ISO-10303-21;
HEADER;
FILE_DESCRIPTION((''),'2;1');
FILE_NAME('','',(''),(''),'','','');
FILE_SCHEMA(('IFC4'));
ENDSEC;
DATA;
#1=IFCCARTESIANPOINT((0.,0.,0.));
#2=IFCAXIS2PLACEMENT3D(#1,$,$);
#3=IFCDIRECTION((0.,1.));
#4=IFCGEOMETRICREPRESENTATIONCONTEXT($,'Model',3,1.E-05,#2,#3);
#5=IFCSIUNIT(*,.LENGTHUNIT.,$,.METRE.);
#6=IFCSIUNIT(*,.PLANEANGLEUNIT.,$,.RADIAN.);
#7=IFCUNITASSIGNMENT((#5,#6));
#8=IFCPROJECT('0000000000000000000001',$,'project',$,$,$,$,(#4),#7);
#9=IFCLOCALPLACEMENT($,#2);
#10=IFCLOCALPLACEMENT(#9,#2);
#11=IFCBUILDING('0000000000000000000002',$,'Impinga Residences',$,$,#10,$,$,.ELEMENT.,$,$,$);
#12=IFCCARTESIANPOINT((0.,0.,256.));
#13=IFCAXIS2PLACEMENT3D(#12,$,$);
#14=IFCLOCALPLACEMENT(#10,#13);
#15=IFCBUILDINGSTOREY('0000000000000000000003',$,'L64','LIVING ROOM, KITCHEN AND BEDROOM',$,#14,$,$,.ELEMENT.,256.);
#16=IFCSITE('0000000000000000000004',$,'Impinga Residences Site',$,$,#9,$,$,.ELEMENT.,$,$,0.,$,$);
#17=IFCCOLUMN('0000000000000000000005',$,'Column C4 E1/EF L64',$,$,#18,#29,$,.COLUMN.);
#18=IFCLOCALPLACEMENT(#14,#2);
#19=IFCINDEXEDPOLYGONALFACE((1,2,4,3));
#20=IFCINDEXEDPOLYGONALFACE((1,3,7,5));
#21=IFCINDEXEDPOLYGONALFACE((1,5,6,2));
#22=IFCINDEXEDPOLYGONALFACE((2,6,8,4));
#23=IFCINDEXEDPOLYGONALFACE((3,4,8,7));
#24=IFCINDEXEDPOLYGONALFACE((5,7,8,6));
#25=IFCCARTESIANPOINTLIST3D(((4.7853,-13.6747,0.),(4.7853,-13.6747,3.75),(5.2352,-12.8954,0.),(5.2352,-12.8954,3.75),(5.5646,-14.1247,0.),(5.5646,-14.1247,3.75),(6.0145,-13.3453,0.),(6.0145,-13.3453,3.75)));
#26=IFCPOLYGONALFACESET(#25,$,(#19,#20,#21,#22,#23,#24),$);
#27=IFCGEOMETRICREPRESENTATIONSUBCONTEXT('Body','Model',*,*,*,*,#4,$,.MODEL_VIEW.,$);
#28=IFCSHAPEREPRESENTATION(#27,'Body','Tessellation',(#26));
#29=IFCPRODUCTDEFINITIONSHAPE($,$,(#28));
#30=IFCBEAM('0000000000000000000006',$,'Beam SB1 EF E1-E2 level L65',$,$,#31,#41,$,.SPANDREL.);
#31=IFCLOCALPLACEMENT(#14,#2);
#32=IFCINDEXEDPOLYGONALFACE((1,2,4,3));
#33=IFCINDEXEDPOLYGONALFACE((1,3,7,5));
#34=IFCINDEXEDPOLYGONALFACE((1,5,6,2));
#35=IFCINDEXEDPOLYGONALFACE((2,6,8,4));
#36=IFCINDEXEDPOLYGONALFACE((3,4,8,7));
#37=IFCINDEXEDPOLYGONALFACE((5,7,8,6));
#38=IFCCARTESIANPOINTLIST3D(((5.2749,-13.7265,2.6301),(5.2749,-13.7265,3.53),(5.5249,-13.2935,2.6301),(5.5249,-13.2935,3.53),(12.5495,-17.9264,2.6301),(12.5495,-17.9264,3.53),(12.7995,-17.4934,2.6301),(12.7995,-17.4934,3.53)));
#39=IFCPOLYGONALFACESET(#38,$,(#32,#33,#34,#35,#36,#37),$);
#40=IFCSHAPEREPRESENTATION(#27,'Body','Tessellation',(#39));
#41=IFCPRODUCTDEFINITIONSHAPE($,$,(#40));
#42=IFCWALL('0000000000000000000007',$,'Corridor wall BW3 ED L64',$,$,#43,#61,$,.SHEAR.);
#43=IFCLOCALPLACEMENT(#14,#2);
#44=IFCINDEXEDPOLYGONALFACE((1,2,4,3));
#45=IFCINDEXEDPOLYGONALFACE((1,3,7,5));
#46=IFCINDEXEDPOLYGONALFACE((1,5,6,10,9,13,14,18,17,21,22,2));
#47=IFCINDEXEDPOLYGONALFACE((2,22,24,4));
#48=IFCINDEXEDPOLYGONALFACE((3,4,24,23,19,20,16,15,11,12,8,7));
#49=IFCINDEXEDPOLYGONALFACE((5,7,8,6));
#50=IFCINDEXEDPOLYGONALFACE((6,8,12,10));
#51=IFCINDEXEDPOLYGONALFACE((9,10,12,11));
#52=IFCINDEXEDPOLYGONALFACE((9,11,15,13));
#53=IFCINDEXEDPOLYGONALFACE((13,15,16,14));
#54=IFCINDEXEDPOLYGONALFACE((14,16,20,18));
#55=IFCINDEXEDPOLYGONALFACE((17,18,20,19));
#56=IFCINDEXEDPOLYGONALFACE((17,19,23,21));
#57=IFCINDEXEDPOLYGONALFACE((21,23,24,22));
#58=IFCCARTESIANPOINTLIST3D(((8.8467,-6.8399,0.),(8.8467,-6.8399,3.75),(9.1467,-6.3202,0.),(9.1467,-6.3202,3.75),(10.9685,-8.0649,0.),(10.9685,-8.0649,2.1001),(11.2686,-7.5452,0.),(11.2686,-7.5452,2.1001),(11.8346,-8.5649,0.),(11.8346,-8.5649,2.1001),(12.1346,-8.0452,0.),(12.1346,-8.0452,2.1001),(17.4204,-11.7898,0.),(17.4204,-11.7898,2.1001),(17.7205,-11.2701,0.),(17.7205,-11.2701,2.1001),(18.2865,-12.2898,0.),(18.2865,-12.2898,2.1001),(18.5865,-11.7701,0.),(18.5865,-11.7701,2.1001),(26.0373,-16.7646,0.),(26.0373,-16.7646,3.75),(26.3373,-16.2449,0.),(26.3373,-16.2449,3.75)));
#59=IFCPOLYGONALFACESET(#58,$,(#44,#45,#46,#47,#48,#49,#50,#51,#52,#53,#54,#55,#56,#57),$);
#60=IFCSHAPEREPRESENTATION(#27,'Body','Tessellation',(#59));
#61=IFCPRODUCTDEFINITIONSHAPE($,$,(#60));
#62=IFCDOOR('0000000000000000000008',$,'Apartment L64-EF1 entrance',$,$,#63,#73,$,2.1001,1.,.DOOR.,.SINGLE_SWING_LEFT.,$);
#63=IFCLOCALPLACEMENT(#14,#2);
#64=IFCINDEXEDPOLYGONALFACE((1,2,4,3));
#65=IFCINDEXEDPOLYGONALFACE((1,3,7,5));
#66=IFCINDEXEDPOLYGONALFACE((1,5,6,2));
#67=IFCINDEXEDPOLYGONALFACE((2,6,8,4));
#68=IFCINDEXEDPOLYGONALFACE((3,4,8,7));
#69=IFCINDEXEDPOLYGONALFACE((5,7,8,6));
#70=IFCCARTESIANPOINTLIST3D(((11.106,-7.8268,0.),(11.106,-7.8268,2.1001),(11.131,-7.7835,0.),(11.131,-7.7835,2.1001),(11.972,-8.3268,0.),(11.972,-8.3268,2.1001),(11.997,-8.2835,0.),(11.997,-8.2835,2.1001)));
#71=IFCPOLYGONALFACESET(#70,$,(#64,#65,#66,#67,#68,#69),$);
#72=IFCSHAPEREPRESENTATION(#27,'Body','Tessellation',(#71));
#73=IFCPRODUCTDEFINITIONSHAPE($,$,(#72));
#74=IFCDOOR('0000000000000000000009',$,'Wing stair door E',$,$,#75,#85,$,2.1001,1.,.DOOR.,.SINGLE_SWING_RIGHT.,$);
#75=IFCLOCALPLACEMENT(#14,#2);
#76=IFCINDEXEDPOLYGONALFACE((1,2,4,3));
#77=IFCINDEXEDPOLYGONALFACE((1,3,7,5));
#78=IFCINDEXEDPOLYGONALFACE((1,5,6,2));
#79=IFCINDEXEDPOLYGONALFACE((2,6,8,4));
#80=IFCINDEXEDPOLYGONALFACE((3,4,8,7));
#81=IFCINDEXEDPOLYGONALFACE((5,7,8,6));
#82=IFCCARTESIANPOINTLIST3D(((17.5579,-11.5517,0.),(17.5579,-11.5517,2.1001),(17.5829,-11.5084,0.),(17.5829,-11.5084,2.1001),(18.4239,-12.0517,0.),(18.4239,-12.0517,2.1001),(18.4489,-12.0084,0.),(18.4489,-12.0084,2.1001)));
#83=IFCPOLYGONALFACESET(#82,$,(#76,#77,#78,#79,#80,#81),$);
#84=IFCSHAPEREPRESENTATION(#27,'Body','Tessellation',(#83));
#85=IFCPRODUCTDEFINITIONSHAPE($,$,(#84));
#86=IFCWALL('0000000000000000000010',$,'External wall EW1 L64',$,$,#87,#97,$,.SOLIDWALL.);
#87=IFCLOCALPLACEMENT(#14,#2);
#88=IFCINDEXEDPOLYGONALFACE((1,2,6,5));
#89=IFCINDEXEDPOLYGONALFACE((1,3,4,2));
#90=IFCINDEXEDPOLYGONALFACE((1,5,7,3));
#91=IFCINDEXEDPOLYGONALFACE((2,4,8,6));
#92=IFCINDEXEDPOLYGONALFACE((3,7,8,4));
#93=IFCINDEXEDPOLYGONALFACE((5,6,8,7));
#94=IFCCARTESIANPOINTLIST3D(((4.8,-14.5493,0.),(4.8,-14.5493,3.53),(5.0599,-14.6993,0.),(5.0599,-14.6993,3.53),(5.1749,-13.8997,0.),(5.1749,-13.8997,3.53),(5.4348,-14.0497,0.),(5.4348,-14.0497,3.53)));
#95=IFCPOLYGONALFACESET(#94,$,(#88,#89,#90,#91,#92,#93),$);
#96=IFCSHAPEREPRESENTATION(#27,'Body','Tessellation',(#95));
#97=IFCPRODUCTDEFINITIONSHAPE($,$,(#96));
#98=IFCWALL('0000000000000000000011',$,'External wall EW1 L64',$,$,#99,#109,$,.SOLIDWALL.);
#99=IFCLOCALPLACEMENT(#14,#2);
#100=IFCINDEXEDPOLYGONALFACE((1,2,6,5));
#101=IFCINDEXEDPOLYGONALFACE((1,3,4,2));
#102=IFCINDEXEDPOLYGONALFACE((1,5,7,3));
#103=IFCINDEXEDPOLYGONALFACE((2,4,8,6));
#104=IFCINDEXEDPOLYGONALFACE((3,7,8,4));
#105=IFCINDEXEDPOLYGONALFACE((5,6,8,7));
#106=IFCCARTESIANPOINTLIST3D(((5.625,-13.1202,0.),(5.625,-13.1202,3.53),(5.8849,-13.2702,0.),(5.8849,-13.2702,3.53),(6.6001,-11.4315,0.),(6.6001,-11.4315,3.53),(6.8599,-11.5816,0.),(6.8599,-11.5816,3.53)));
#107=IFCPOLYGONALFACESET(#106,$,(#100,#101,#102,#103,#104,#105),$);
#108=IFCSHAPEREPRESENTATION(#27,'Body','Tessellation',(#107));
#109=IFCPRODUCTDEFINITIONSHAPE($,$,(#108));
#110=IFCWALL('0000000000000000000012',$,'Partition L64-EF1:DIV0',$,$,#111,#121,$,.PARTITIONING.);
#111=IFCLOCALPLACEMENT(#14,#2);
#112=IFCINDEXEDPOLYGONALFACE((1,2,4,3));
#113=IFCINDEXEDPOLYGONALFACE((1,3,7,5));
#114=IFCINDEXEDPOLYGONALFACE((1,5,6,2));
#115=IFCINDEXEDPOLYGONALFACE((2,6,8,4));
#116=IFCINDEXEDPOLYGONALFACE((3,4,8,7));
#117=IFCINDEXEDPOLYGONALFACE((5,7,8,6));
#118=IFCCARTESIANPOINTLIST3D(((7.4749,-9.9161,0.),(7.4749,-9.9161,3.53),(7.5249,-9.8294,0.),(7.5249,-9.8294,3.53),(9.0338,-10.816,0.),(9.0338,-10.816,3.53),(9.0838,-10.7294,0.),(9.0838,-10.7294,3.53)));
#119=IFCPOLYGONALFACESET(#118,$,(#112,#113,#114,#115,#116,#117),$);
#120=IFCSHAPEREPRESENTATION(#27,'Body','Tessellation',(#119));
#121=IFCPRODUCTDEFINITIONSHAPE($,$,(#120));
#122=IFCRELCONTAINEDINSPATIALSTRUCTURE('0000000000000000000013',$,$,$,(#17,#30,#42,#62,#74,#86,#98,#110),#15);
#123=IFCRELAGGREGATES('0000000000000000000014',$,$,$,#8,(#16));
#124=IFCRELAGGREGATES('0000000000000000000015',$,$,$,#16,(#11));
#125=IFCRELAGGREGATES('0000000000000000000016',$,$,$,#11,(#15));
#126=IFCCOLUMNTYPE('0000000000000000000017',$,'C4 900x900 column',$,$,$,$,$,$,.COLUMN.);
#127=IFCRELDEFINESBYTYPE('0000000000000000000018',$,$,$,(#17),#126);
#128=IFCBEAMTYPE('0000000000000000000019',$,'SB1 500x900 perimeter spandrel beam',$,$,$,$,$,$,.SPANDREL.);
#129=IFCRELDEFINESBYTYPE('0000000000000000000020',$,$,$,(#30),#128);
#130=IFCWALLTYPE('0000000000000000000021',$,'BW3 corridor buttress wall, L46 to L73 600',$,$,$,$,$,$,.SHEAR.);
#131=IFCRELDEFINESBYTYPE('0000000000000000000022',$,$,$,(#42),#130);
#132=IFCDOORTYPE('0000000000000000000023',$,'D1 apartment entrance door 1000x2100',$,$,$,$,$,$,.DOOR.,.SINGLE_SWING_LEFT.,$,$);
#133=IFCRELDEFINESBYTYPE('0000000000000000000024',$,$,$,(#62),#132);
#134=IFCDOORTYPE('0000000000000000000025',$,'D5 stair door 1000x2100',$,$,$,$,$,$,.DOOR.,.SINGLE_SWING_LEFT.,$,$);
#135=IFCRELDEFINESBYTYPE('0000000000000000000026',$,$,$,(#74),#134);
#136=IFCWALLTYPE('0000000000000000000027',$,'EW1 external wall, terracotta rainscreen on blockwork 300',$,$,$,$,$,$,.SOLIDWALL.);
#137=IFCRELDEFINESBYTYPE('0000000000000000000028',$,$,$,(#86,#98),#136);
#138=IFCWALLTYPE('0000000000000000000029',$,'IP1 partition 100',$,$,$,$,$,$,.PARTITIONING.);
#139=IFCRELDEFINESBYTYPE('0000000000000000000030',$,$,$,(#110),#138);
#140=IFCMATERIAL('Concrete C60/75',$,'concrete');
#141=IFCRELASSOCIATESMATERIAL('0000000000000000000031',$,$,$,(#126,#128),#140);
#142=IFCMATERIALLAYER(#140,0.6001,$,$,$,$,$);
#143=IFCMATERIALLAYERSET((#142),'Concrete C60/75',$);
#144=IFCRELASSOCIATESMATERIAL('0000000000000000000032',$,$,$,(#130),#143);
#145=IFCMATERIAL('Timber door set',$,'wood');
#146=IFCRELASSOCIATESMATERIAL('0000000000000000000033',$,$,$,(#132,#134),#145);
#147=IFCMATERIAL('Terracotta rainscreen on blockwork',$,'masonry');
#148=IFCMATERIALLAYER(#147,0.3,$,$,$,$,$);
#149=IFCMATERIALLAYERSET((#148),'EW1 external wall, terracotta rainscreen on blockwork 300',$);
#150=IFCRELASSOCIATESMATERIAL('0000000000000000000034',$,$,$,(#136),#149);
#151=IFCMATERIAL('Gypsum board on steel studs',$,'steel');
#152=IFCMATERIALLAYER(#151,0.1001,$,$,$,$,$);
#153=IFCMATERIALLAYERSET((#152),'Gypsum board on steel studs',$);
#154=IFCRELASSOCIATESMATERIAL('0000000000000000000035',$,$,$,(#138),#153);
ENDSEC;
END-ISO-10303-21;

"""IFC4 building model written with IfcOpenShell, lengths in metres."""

from ifc_helpers import new_model, si_unit, direction, frame, frame_2d, origin, origin_2d, place, context, subcontext, project, spatial, rectangle, extrude, material, layer, layer_set, material_profile, profile_set, type_object, element, fill, save


model = new_model("IFC4")

# Units and contexts
model_context = context("Model", 3, precision=1e-05, world=origin(), true_north=direction((0.0, 1.0)))
body_context = subcontext(model_context, "Body", "Model", "MODEL_VIEW")
ifc_project = project(units=[si_unit("LENGTHUNIT", "METRE"), si_unit("PLANEANGLEUNIT", "RADIAN")], contexts=[model_context])

# Site, building, storey
site_placement = place(None, origin())
site = spatial("IfcSite", under=ifc_project, at=site_placement, Name="Impinga Residences Site", CompositionType="ELEMENT", RefElevation=0.0)
building_placement = place(site_placement, origin())
building = spatial("IfcBuilding", under=site, at=building_placement, Name="Impinga Residences", CompositionType="ELEMENT")
storey_placement = place(building_placement, frame((0.0, 0.0, 256.0)))
storey = spatial("IfcBuildingStorey", under=building, at=storey_placement, Name="L64", Description="LIVING ROOM, KITCHEN AND BEDROOM", CompositionType="ELEMENT", Elevation=256.0)

# Column
ifc_material_1 = material(Name="Concrete C60/75", Category="concrete")
ifc_material_profile_1 = material_profile(ifc_material_1, rectangle(XDim=0.8999, YDim=0.8999, at=origin_2d()), Name="RC 900x900")
ifc_profile_set_1 = profile_set([ifc_material_profile_1], Name="Concrete C60/75")
column_type = type_object("IfcColumnType", Name="C4 900x900 column", PredefinedType="COLUMN", material=ifc_profile_set_1)
column_placement = place(storey_placement, frame((5.3999, -13.51, 0.0), z_axis=(0.0, 0.0, 1.0), x_axis=(-0.5, -0.866025, 0.0)))
element("IfcColumn", 1, at=column_placement, inside=storey, type_object=column_type, Name="Column C4 E1/EF L64", PredefinedType="COLUMN", context=body_context, shape_type="SweptSolid", body=[
    extrude(rectangle(XDim=0.8999, YDim=0.8999, at=origin_2d()), origin(), (0.0, 0.0, 1.0), 3.75),
])

# Beam
ifc_material_profile_2 = material_profile(ifc_material_1, rectangle(XDim=0.5, YDim=0.8999, at=origin_2d()), Name="RC 500x900")
ifc_profile_set_2 = profile_set([ifc_material_profile_2], Name="Concrete C60/75")
beam_type = type_object("IfcBeamType", Name="SB1 500x900 perimeter spandrel beam", PredefinedType="SPANDREL", material=ifc_profile_set_2)
beam_placement = place(storey_placement, frame((5.3999, -13.51, 3.0801), z_axis=(0.866029, -0.499993, 0.0), x_axis=(0.499993, 0.866029, 0.0)))
element("IfcBeam", 2, at=beam_placement, inside=storey, type_object=beam_type, Name="Beam SB1 EF E1-E2 level L65", PredefinedType="SPANDREL", context=body_context, shape_type="SweptSolid", body=[
    extrude(rectangle(XDim=0.5, YDim=0.8999, at=origin_2d()), origin(), (0.0, 0.0, 1.0), 8.3999),
])

# Wall, openings, doors
ifc_layer_1 = layer(ifc_material_1, 0.6001)
ifc_layer_set_1 = layer_set([ifc_layer_1], Name="Concrete C60/75")
wall_type_1 = type_object("IfcWallType", Name="BW3 corridor buttress wall, L46 to L73 600", PredefinedType="SHEAR", material=ifc_layer_set_1)
wall_1_placement = place(storey_placement, frame((8.9968, -6.5801, 0.0), z_axis=(0.0, 0.0, 1.0), x_axis=(0.866031, -0.499991, 0.0)))
wall_1 = element("IfcWall", 3, at=wall_1_placement, inside=storey, type_object=wall_type_1, Name="Corridor wall BW3 ED L64", PredefinedType="SHEAR", context=body_context, shape_type="SweptSolid", body=[
    extrude(rectangle(XDim=19.8499, YDim=0.6001, at=frame_2d((9.9248, 0.0))), origin(), (0.0, 0.0, 1.0), 3.75),
])
opening_1_placement = place(wall_1_placement, frame((9.8999, 0.0, 0.0)))
opening_1 = element("IfcOpeningElement", 4, at=opening_1_placement, cuts=wall_1, PredefinedType="OPENING", context=body_context, shape_type="SweptSolid", body=[
    extrude(rectangle(XDim=1.0, YDim=2.1001, at=frame_2d((0.5, 1.05))), frame((0.0, 0.3101, 0.0), z_axis=(0.0, -1.0, 0.0), x_axis=(1.0, 0.0, 0.0)), (0.0, 0.0, 1.0), 0.6201),
])
opening_2_placement = place(wall_1_placement, frame((2.45, 0.0, 0.0)))
opening_2 = element("IfcOpeningElement", 5, at=opening_2_placement, cuts=wall_1, PredefinedType="OPENING", context=body_context, shape_type="SweptSolid", body=[
    extrude(rectangle(XDim=1.0, YDim=2.1001, at=frame_2d((0.5, 1.05))), frame((0.0, 0.3101, 0.0), z_axis=(0.0, -1.0, 0.0), x_axis=(1.0, 0.0, 0.0)), (0.0, 0.0, 1.0), 0.6201),
])
ifc_material_2 = material(Name="Timber door set", Category="wood")
door_type_1 = type_object("IfcDoorType", Name="D1 apartment entrance door 1000x2100", OperationType="SINGLE_SWING_LEFT", PredefinedType="DOOR", material=ifc_material_2)
door_1_placement = place(opening_2_placement, origin())
door_1 = element("IfcDoor", 6, at=door_1_placement, inside=storey, type_object=door_type_1, Name="Apartment L64-EF1 entrance", OperationType="SINGLE_SWING_LEFT", OverallHeight=2.1001, OverallWidth=1.0, PredefinedType="DOOR", context=body_context, shape_type="SweptSolid", body=[
    extrude(rectangle(XDim=1.0, YDim=2.1001, at=frame_2d((0.5, 1.05))), frame((0.0, 0.0249, 0.0), z_axis=(0.0, -1.0, 0.0), x_axis=(1.0, 0.0, 0.0)), (0.0, 0.0, 1.0), 0.05),
])
fill(opening_2, door_1)
door_type_2 = type_object("IfcDoorType", Name="D5 stair door 1000x2100", OperationType="SINGLE_SWING_LEFT", PredefinedType="DOOR", material=ifc_material_2)
door_2_placement = place(opening_1_placement, origin())
door_2 = element("IfcDoor", 7, at=door_2_placement, inside=storey, type_object=door_type_2, Name="Wing stair door E", OperationType="SINGLE_SWING_RIGHT", OverallHeight=2.1001, OverallWidth=1.0, PredefinedType="DOOR", context=body_context, shape_type="SweptSolid", body=[
    extrude(rectangle(XDim=1.0, YDim=2.1001, at=frame_2d((0.5, 1.05))), frame((0.0, 0.0249, 0.0), z_axis=(0.0, -1.0, 0.0), x_axis=(1.0, 0.0, 0.0)), (0.0, 0.0, 1.0), 0.05),
])
fill(opening_1, door_2)

# Walls
ifc_material_3 = material(Name="Terracotta rainscreen on blockwork", Category="masonry")
ifc_layer_2 = layer(ifc_material_3, 0.3)
ifc_layer_set_2 = layer_set([ifc_layer_2], Name="EW1 external wall, terracotta rainscreen on blockwork 300")
wall_type_2 = type_object("IfcWallType", Name="EW1 external wall, terracotta rainscreen on blockwork 300", PredefinedType="SOLIDWALL", material=ifc_layer_set_2)
wall_2_placement = place(storey_placement, frame((4.9299, -14.6243, 0.0), z_axis=(0.0, 0.0, 1.0), x_axis=(0.49992, 0.866072, 0.0)))
element("IfcWall", 8, at=wall_2_placement, inside=storey, type_object=wall_type_2, Name="External wall EW1 L64", PredefinedType="SOLIDWALL", context=body_context, shape_type="SweptSolid", body=[
    extrude(rectangle(XDim=0.75, YDim=0.3, at=frame_2d((0.375, 0.0))), origin(), (0.0, 0.0, 1.0), 3.53),
])
wall_3_placement = place(storey_placement, frame((5.7549, -13.1953, 0.0), z_axis=(0.0, 0.0, 1.0), x_axis=(0.500044, 0.866, 0.0)))
element("IfcWall", 9, at=wall_3_placement, inside=storey, type_object=wall_type_2, Name="External wall EW1 L64", PredefinedType="SOLIDWALL", context=body_context, shape_type="SweptSolid", body=[
    extrude(rectangle(XDim=1.95, YDim=0.3, at=frame_2d((0.9751, 0.0))), origin(), (0.0, 0.0, 1.0), 3.53),
])
ifc_material_4 = material(Name="Gypsum board on steel studs", Category="steel")
ifc_layer_3 = layer(ifc_material_4, 0.1001)
ifc_layer_set_3 = layer_set([ifc_layer_3], Name="Gypsum board on steel studs")
wall_type_3 = type_object("IfcWallType", Name="IP1 partition 100", PredefinedType="PARTITIONING", material=ifc_layer_set_3)
wall_4_placement = place(storey_placement, frame((7.5, -9.8728, 0.0), z_axis=(0.0, 0.0, 1.0), x_axis=(0.866048, -0.499961, 0.0)))
element("IfcWall", 10, at=wall_4_placement, inside=storey, type_object=wall_type_3, Name="Partition L64-EF1:DIV0", PredefinedType="PARTITIONING", context=body_context, shape_type="SweptSolid", body=[
    extrude(rectangle(XDim=1.8, YDim=0.1001, at=frame_2d((0.8999, 0.0))), origin(), (0.0, 0.0, 1.0), 3.53),
])

save(model, "model.ifc")
